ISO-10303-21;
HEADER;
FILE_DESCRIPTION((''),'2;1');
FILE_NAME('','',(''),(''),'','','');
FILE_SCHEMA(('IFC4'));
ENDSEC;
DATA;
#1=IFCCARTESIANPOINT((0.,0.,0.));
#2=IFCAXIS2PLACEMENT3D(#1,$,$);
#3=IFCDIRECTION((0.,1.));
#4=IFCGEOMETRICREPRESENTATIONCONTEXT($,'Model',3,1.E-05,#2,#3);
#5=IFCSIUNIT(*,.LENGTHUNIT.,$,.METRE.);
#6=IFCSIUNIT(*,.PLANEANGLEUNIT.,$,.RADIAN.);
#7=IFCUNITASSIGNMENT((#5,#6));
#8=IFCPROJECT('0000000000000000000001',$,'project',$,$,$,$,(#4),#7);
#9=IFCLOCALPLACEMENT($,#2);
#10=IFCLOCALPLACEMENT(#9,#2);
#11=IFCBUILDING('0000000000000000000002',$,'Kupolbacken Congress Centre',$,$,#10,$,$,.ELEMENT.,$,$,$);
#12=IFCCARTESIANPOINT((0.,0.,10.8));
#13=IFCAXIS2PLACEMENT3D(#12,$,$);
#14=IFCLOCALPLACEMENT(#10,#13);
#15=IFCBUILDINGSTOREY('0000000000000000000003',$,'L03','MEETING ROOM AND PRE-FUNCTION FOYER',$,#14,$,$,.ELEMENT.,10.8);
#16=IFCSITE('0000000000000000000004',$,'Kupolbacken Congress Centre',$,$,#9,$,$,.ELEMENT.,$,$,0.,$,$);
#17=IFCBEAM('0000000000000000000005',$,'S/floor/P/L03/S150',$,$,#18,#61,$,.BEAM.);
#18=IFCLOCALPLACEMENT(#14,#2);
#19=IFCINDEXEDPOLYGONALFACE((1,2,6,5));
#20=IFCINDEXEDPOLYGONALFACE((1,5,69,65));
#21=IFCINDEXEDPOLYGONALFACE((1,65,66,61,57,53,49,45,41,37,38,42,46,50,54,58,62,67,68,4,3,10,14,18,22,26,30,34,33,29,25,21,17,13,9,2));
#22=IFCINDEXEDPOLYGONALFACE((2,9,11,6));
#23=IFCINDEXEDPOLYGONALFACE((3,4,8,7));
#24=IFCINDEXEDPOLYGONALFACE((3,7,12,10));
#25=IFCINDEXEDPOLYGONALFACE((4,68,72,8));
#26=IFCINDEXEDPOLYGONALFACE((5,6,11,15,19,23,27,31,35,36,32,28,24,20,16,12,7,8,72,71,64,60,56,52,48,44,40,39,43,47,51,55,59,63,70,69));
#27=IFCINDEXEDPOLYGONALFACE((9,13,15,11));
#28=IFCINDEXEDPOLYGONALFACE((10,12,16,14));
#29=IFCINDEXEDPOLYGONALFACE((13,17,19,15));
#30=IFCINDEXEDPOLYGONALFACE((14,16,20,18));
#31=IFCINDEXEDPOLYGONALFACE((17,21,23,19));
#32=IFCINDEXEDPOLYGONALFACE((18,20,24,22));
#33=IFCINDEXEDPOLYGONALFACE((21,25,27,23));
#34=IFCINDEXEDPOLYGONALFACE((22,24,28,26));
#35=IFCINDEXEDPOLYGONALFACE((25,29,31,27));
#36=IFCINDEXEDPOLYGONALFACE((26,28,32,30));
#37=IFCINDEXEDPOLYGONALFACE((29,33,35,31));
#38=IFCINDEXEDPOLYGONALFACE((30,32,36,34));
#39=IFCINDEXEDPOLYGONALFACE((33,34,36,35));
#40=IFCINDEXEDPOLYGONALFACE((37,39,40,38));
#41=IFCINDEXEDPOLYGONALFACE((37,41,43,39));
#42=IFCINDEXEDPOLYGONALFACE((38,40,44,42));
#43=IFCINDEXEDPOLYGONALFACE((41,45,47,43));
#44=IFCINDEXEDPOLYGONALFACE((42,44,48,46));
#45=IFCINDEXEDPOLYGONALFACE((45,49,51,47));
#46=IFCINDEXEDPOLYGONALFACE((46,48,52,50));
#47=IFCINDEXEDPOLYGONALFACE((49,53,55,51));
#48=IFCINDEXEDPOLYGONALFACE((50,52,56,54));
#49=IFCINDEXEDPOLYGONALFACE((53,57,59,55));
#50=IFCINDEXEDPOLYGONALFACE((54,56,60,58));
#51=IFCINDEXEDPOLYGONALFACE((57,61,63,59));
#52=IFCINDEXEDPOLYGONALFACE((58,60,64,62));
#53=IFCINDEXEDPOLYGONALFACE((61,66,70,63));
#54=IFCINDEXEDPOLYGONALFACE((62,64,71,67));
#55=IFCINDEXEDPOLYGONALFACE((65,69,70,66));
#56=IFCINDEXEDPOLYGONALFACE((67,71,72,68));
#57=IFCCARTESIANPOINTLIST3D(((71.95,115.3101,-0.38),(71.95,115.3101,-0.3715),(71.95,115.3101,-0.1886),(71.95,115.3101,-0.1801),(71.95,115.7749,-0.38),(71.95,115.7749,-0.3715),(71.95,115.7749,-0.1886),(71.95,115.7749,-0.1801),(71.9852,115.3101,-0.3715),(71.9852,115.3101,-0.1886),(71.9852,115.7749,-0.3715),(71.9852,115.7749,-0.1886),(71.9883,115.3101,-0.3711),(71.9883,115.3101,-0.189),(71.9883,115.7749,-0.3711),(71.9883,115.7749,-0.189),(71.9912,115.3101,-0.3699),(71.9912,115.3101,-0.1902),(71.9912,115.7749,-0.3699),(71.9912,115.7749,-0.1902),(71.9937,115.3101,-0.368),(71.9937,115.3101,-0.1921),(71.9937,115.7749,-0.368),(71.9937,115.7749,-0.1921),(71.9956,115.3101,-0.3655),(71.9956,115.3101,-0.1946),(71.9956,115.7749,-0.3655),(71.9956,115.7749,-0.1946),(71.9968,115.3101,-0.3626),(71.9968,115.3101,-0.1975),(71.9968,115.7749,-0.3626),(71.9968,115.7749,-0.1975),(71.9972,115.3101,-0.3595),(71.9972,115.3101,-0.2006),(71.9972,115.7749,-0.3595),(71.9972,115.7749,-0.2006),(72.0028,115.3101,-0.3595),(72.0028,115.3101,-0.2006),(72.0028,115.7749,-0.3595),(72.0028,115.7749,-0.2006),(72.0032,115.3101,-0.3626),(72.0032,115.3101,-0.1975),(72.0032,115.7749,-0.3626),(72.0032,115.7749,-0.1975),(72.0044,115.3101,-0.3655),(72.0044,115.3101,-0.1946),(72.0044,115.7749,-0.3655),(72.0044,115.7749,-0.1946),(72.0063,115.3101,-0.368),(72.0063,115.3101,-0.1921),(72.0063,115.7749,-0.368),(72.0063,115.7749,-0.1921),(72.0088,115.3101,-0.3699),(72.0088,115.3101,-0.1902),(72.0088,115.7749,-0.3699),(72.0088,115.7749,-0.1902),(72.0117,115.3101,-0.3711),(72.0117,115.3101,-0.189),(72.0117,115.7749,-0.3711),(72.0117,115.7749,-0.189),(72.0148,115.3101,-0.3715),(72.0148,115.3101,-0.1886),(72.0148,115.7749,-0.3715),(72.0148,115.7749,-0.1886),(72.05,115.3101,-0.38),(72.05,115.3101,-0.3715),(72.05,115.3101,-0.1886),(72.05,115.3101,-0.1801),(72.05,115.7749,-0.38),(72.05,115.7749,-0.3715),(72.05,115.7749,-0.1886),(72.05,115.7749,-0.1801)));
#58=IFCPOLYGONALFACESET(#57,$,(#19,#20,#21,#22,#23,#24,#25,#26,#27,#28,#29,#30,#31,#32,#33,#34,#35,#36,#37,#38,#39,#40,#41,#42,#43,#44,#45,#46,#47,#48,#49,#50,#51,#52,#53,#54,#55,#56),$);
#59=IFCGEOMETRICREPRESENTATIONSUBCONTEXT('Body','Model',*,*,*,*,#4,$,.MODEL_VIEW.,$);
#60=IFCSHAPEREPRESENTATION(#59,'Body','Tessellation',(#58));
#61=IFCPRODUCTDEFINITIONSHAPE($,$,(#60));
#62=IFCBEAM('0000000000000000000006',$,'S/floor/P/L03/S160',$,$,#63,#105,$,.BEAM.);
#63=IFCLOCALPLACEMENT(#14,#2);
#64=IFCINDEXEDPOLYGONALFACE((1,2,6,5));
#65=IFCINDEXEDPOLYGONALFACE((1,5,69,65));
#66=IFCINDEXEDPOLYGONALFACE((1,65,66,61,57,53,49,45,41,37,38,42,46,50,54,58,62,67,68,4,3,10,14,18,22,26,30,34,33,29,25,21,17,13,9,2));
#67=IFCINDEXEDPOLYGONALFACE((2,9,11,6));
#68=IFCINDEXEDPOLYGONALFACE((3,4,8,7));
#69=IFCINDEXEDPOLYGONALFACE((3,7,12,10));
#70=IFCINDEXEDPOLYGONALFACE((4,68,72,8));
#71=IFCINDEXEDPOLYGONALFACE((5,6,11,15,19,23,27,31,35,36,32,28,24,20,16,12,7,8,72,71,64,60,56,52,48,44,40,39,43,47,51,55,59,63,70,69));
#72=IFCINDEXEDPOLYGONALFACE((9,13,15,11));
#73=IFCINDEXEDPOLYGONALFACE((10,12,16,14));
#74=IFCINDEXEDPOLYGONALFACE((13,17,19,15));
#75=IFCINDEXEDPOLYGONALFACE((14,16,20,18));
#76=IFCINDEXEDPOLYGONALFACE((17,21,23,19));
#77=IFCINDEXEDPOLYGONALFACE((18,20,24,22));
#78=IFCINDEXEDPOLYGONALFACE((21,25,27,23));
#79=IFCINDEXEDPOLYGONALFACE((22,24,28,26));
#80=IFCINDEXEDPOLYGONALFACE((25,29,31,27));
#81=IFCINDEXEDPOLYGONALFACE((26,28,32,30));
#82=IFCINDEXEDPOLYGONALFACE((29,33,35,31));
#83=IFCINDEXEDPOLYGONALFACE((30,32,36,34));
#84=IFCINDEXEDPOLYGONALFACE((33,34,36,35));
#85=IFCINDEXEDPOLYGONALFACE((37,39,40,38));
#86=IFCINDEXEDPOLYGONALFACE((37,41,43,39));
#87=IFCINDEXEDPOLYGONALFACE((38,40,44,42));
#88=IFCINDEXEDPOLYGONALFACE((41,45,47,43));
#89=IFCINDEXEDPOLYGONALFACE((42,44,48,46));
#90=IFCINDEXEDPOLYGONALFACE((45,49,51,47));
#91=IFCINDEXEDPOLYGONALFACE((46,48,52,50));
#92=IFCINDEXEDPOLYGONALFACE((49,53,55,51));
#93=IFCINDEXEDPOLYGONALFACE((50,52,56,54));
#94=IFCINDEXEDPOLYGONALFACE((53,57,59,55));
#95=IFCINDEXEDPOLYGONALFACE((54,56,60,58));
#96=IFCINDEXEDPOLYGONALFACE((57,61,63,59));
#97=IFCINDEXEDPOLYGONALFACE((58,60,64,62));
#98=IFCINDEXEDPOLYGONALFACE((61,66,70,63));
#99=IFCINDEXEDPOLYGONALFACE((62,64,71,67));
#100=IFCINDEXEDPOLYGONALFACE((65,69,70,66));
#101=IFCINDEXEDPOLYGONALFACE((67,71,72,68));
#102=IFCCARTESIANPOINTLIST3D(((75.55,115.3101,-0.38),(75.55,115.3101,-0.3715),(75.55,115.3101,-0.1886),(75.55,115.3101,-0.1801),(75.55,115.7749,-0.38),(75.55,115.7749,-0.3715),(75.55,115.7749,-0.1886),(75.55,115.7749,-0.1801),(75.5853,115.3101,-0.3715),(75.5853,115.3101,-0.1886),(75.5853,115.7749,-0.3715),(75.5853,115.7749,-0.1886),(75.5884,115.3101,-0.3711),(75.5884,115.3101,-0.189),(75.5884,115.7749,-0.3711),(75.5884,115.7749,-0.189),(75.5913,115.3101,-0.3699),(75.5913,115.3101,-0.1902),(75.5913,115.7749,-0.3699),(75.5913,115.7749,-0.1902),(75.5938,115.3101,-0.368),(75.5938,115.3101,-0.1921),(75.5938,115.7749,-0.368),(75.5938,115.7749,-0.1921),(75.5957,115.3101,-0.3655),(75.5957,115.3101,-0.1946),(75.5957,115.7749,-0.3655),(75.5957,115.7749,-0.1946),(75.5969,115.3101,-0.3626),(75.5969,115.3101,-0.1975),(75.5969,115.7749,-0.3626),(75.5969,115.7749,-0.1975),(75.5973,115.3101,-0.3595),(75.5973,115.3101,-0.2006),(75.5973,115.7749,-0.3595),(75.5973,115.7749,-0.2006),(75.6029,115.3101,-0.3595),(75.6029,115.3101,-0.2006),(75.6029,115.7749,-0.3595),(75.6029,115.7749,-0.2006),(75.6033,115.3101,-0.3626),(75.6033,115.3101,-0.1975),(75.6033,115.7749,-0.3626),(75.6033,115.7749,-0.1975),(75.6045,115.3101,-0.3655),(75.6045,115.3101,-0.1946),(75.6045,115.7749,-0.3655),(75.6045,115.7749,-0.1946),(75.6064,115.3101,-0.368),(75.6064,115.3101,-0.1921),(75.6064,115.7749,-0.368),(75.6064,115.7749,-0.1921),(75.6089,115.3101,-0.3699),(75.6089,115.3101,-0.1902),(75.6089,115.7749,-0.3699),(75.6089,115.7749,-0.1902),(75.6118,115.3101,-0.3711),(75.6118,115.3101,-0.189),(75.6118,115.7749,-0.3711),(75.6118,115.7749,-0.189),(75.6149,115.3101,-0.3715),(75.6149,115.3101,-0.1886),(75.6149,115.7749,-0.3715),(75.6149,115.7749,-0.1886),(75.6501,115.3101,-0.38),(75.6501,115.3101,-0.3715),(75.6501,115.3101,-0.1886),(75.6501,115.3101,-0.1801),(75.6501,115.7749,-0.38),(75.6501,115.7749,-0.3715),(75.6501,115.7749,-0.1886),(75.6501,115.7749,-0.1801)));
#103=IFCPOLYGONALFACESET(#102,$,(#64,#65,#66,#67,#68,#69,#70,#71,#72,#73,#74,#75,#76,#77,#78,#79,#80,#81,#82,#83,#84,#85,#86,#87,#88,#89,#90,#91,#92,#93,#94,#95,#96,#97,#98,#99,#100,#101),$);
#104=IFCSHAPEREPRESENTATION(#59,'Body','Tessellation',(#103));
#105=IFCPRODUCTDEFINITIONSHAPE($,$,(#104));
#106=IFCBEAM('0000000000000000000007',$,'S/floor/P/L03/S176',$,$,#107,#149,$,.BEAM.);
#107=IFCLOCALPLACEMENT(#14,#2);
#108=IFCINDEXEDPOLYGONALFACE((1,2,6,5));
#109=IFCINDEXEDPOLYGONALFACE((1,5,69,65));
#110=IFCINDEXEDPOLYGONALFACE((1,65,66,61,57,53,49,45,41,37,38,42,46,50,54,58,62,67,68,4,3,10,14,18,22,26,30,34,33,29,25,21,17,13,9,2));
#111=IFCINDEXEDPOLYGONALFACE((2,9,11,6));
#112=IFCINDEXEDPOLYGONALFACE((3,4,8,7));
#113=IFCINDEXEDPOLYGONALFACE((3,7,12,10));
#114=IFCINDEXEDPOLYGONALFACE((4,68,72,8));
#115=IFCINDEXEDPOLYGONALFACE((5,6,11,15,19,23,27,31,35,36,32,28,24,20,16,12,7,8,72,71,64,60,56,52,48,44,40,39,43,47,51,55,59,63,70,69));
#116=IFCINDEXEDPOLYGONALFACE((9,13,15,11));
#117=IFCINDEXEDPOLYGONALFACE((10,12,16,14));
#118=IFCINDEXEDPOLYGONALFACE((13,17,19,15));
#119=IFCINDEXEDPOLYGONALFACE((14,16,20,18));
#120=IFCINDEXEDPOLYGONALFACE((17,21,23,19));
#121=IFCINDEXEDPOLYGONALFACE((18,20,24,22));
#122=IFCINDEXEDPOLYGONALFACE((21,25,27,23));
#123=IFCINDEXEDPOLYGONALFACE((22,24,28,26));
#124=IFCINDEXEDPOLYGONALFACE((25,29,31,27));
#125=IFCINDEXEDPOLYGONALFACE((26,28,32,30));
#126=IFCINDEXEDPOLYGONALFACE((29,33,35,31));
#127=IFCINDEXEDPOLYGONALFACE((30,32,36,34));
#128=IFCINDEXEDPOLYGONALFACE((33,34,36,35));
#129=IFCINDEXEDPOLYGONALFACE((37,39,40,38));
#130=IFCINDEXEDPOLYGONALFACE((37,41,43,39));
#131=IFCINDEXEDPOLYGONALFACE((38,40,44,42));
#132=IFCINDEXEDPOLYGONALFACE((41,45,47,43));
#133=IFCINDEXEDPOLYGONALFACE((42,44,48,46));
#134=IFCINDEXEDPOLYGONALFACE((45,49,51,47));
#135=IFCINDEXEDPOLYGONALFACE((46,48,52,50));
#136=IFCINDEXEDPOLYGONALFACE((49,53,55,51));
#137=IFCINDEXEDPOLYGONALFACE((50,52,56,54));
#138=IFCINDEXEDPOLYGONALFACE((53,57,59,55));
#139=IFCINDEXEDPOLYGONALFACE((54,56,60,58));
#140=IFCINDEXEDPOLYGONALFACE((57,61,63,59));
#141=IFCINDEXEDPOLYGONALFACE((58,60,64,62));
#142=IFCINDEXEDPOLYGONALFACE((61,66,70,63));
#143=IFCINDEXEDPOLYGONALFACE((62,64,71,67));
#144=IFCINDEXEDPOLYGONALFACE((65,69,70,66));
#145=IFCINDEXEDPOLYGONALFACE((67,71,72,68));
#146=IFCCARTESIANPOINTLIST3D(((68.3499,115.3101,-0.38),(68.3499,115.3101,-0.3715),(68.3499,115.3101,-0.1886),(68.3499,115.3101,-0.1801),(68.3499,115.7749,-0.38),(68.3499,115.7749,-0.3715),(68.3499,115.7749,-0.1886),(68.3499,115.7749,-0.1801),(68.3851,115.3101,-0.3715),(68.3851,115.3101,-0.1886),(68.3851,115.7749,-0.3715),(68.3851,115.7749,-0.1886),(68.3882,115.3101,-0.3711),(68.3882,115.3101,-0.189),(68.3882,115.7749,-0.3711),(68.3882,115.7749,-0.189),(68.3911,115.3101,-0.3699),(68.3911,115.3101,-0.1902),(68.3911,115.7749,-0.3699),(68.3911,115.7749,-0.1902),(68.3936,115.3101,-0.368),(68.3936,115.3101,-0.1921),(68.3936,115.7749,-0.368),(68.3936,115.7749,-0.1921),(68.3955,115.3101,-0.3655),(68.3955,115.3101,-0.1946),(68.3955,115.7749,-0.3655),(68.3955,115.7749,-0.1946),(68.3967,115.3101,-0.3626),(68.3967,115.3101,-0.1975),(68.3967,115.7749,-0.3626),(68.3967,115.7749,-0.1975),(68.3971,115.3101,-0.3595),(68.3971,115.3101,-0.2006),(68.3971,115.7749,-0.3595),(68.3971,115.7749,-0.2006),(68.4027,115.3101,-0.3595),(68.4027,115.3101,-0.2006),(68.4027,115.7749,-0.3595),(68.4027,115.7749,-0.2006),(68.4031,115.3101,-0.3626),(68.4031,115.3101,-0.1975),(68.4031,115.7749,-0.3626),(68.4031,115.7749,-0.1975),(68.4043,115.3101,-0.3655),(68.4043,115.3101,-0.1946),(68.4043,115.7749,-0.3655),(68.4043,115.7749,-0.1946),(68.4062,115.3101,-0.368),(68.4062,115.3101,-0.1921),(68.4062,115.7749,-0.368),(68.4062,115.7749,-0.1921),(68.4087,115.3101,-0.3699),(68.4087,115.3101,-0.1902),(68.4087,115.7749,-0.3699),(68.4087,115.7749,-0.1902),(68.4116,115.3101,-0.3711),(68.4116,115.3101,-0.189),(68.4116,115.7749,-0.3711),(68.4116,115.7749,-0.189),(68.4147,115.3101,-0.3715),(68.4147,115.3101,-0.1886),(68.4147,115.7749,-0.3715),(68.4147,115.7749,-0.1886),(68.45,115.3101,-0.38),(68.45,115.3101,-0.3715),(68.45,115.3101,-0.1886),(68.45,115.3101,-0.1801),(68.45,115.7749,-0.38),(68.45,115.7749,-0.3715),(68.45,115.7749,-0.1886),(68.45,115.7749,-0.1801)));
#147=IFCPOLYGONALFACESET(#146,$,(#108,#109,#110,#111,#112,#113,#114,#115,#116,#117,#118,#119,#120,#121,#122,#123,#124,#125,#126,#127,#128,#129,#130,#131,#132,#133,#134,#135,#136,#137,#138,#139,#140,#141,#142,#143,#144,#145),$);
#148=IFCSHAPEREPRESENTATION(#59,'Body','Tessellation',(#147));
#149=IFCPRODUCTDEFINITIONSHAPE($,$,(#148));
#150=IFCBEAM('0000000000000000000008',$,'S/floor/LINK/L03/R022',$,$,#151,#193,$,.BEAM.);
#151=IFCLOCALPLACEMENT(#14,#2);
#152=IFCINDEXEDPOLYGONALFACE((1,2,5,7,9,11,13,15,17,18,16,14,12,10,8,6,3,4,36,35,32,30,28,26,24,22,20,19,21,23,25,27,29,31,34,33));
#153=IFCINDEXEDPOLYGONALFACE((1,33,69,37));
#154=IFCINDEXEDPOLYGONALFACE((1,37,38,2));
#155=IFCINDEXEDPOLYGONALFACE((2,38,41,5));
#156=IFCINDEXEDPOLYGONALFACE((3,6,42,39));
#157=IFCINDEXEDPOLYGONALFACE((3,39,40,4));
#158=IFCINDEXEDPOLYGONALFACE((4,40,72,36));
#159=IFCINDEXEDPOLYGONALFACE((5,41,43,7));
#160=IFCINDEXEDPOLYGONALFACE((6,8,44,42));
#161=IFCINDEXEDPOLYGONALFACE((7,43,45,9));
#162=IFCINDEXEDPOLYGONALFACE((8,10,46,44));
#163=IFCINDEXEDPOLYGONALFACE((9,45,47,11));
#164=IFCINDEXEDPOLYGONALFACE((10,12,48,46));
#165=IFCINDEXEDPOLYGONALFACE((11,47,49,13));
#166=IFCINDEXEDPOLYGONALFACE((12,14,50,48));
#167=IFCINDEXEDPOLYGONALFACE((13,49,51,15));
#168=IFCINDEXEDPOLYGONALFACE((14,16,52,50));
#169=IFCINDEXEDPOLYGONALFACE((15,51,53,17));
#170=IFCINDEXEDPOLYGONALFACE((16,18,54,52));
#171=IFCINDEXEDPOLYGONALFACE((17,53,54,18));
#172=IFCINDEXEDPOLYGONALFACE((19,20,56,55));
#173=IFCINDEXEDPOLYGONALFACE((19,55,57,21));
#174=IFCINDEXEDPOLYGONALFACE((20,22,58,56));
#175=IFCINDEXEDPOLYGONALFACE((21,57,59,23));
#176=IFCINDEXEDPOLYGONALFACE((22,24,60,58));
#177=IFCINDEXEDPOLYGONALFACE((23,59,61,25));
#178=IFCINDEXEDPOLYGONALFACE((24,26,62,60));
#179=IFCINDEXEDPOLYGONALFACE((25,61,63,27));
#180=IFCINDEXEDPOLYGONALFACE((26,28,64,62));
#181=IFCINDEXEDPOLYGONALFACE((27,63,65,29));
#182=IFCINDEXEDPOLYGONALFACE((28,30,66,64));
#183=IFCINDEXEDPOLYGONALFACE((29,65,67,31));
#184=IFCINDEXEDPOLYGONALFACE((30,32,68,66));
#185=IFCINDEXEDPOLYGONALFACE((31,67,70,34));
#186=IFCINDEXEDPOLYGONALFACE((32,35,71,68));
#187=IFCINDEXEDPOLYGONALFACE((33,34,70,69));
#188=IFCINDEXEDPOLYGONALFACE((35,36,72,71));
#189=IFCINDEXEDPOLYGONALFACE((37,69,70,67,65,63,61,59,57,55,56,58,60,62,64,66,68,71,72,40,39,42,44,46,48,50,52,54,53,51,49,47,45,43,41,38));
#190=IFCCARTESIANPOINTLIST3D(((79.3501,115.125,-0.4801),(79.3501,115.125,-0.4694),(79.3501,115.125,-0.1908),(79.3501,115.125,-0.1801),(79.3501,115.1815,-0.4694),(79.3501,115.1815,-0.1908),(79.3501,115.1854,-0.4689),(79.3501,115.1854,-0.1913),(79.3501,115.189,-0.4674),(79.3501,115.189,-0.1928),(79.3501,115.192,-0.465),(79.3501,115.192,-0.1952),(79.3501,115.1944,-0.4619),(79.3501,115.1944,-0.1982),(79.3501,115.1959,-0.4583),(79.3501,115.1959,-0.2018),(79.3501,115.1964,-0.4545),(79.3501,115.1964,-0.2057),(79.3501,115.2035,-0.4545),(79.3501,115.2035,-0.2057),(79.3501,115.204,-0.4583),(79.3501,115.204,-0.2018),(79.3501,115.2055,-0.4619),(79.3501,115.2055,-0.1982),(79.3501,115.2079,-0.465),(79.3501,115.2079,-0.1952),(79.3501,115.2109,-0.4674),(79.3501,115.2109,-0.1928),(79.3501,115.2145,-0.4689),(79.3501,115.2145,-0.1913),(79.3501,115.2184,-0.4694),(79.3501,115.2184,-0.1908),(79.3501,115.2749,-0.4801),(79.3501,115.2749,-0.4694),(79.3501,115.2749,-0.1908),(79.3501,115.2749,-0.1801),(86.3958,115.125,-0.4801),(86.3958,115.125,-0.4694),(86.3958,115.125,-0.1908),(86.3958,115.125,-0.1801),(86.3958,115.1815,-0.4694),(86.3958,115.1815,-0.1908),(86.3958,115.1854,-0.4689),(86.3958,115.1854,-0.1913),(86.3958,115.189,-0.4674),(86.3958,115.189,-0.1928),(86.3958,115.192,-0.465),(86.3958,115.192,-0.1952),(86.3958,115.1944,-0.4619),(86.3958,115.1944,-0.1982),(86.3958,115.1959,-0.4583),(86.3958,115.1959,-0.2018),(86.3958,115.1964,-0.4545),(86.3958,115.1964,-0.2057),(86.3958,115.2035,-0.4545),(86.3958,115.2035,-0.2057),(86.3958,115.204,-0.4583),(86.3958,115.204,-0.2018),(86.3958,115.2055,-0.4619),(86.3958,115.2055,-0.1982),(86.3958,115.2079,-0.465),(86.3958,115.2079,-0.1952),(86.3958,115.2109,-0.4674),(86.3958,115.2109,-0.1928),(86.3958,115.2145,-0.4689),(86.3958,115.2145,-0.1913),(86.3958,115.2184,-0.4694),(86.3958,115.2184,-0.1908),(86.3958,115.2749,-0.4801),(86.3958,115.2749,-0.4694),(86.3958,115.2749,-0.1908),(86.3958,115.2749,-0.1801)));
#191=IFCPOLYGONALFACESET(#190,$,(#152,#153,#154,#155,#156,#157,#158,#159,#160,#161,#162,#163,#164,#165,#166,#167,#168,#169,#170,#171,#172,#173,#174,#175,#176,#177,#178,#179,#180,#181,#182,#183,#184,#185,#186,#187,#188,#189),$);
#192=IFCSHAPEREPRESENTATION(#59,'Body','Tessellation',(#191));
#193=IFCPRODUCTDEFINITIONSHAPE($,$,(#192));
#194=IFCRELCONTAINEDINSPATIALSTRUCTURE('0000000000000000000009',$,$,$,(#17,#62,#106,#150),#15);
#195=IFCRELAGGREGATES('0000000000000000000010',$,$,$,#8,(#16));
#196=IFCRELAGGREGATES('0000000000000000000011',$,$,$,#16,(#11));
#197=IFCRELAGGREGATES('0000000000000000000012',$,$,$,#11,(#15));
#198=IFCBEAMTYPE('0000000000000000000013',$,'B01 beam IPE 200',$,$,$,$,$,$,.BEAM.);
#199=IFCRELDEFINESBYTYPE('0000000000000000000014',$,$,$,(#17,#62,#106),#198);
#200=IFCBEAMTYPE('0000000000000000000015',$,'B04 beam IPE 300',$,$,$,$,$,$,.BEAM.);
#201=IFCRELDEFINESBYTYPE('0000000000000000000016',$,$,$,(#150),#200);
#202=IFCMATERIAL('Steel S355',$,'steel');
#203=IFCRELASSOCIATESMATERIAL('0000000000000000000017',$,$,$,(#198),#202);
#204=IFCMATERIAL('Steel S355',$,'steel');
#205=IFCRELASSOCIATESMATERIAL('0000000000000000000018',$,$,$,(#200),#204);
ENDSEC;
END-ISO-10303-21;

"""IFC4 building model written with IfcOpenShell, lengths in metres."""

from ifc_helpers import new_model, si_unit, direction, frame, origin, origin_2d, place, context, subcontext, project, spatial, i_section, extrude, material, material_profile, profile_set, type_object, element, save


model = new_model("IFC4")

# Units and contexts
model_context = context("Model", 3, precision=1e-05, world=origin(), true_north=direction((0.0, 1.0)))
body_context = subcontext(model_context, "Body", "Model", "MODEL_VIEW")
ifc_project = project(units=[si_unit("LENGTHUNIT", "METRE"), si_unit("PLANEANGLEUNIT", "RADIAN")], contexts=[model_context])

# Site, building, storey
site_placement = place(None, origin())
site = spatial("IfcSite", under=ifc_project, at=site_placement, Name="Kupolbacken Congress Centre", CompositionType="ELEMENT", RefElevation=0.0)
building_placement = place(site_placement, origin())
building = spatial("IfcBuilding", under=site, at=building_placement, Name="Kupolbacken Congress Centre", CompositionType="ELEMENT")
storey_placement = place(building_placement, frame((0.0, 0.0, 10.8)))
storey = spatial("IfcBuildingStorey", under=building, at=storey_placement, Name="L03", Description="MEETING ROOM AND PRE-FUNCTION FOYER", CompositionType="ELEMENT", Elevation=10.8)

# Beams
ifc_material_1 = material(Name="Steel S355", Category="steel")
ifc_material_profile_1 = material_profile(ifc_material_1, i_section(OverallWidth=0.1001, OverallDepth=0.2, WebThickness=0.0056, FlangeThickness=0.0085, FilletRadius=0.012, at=origin_2d()), Name="IPE 200")
ifc_profile_set_1 = profile_set([ifc_material_profile_1], Name="Steel S355")
beam_type_1 = type_object("IfcBeamType", Name="B01 beam IPE 200", PredefinedType="BEAM", material=ifc_profile_set_1)
for number, where, z_axis, x_axis, name in (
    (1, (72.0, 115.3101, -0.28), (0.0, 1.0, 0.0), (-1.0, 0.0, 0.0), "S/floor/P/L03/S150"),
    (2, (75.6001, 115.3101, -0.28), (0.0, 1.0, 0.0), (-1.0, 0.0, 0.0), "S/floor/P/L03/S160"),
    (3, (68.3999, 115.3101, -0.28), (0.0, 1.0, 0.0), (-1.0, 0.0, 0.0), "S/floor/P/L03/S176"),
):
    element("IfcBeam", number, at=place(storey_placement, frame(where, z_axis=z_axis, x_axis=x_axis)), inside=storey, type_object=beam_type_1, Name=name, PredefinedType="BEAM", context=body_context, shape_type="SweptSolid", body=[
        extrude(i_section(OverallWidth=0.1001, OverallDepth=0.2, WebThickness=0.0056, FlangeThickness=0.0085, FilletRadius=0.012, at=origin_2d()), origin(), (0.0, 0.0, 1.0), 0.4648),
    ])
ifc_material_2 = material(Name="Steel S355", Category="steel")
ifc_material_profile_2 = material_profile(ifc_material_2, i_section(OverallWidth=0.1499, OverallDepth=0.3, WebThickness=0.0071, FlangeThickness=0.0107, FilletRadius=0.0149, at=origin_2d()), Name="IPE 300")
ifc_profile_set_2 = profile_set([ifc_material_profile_2], Name="Steel S355")
beam_type_2 = type_object("IfcBeamType", Name="B04 beam IPE 300", PredefinedType="BEAM", material=ifc_profile_set_2)
beam_placement = place(storey_placement, frame((79.3501, 115.2, -0.3301), z_axis=(1.0, 0.0, 0.0), x_axis=(0.0, 1.0, 0.0)))
element("IfcBeam", 4, at=beam_placement, inside=storey, type_object=beam_type_2, Name="S/floor/LINK/L03/R022", PredefinedType="BEAM", context=body_context, shape_type="SweptSolid", body=[
    extrude(i_section(OverallWidth=0.1499, OverallDepth=0.3, WebThickness=0.0071, FlangeThickness=0.0107, FilletRadius=0.0149, at=origin_2d()), origin(), (0.0, 0.0, 1.0), 7.0457),
])

save(model, "model.ifc")
